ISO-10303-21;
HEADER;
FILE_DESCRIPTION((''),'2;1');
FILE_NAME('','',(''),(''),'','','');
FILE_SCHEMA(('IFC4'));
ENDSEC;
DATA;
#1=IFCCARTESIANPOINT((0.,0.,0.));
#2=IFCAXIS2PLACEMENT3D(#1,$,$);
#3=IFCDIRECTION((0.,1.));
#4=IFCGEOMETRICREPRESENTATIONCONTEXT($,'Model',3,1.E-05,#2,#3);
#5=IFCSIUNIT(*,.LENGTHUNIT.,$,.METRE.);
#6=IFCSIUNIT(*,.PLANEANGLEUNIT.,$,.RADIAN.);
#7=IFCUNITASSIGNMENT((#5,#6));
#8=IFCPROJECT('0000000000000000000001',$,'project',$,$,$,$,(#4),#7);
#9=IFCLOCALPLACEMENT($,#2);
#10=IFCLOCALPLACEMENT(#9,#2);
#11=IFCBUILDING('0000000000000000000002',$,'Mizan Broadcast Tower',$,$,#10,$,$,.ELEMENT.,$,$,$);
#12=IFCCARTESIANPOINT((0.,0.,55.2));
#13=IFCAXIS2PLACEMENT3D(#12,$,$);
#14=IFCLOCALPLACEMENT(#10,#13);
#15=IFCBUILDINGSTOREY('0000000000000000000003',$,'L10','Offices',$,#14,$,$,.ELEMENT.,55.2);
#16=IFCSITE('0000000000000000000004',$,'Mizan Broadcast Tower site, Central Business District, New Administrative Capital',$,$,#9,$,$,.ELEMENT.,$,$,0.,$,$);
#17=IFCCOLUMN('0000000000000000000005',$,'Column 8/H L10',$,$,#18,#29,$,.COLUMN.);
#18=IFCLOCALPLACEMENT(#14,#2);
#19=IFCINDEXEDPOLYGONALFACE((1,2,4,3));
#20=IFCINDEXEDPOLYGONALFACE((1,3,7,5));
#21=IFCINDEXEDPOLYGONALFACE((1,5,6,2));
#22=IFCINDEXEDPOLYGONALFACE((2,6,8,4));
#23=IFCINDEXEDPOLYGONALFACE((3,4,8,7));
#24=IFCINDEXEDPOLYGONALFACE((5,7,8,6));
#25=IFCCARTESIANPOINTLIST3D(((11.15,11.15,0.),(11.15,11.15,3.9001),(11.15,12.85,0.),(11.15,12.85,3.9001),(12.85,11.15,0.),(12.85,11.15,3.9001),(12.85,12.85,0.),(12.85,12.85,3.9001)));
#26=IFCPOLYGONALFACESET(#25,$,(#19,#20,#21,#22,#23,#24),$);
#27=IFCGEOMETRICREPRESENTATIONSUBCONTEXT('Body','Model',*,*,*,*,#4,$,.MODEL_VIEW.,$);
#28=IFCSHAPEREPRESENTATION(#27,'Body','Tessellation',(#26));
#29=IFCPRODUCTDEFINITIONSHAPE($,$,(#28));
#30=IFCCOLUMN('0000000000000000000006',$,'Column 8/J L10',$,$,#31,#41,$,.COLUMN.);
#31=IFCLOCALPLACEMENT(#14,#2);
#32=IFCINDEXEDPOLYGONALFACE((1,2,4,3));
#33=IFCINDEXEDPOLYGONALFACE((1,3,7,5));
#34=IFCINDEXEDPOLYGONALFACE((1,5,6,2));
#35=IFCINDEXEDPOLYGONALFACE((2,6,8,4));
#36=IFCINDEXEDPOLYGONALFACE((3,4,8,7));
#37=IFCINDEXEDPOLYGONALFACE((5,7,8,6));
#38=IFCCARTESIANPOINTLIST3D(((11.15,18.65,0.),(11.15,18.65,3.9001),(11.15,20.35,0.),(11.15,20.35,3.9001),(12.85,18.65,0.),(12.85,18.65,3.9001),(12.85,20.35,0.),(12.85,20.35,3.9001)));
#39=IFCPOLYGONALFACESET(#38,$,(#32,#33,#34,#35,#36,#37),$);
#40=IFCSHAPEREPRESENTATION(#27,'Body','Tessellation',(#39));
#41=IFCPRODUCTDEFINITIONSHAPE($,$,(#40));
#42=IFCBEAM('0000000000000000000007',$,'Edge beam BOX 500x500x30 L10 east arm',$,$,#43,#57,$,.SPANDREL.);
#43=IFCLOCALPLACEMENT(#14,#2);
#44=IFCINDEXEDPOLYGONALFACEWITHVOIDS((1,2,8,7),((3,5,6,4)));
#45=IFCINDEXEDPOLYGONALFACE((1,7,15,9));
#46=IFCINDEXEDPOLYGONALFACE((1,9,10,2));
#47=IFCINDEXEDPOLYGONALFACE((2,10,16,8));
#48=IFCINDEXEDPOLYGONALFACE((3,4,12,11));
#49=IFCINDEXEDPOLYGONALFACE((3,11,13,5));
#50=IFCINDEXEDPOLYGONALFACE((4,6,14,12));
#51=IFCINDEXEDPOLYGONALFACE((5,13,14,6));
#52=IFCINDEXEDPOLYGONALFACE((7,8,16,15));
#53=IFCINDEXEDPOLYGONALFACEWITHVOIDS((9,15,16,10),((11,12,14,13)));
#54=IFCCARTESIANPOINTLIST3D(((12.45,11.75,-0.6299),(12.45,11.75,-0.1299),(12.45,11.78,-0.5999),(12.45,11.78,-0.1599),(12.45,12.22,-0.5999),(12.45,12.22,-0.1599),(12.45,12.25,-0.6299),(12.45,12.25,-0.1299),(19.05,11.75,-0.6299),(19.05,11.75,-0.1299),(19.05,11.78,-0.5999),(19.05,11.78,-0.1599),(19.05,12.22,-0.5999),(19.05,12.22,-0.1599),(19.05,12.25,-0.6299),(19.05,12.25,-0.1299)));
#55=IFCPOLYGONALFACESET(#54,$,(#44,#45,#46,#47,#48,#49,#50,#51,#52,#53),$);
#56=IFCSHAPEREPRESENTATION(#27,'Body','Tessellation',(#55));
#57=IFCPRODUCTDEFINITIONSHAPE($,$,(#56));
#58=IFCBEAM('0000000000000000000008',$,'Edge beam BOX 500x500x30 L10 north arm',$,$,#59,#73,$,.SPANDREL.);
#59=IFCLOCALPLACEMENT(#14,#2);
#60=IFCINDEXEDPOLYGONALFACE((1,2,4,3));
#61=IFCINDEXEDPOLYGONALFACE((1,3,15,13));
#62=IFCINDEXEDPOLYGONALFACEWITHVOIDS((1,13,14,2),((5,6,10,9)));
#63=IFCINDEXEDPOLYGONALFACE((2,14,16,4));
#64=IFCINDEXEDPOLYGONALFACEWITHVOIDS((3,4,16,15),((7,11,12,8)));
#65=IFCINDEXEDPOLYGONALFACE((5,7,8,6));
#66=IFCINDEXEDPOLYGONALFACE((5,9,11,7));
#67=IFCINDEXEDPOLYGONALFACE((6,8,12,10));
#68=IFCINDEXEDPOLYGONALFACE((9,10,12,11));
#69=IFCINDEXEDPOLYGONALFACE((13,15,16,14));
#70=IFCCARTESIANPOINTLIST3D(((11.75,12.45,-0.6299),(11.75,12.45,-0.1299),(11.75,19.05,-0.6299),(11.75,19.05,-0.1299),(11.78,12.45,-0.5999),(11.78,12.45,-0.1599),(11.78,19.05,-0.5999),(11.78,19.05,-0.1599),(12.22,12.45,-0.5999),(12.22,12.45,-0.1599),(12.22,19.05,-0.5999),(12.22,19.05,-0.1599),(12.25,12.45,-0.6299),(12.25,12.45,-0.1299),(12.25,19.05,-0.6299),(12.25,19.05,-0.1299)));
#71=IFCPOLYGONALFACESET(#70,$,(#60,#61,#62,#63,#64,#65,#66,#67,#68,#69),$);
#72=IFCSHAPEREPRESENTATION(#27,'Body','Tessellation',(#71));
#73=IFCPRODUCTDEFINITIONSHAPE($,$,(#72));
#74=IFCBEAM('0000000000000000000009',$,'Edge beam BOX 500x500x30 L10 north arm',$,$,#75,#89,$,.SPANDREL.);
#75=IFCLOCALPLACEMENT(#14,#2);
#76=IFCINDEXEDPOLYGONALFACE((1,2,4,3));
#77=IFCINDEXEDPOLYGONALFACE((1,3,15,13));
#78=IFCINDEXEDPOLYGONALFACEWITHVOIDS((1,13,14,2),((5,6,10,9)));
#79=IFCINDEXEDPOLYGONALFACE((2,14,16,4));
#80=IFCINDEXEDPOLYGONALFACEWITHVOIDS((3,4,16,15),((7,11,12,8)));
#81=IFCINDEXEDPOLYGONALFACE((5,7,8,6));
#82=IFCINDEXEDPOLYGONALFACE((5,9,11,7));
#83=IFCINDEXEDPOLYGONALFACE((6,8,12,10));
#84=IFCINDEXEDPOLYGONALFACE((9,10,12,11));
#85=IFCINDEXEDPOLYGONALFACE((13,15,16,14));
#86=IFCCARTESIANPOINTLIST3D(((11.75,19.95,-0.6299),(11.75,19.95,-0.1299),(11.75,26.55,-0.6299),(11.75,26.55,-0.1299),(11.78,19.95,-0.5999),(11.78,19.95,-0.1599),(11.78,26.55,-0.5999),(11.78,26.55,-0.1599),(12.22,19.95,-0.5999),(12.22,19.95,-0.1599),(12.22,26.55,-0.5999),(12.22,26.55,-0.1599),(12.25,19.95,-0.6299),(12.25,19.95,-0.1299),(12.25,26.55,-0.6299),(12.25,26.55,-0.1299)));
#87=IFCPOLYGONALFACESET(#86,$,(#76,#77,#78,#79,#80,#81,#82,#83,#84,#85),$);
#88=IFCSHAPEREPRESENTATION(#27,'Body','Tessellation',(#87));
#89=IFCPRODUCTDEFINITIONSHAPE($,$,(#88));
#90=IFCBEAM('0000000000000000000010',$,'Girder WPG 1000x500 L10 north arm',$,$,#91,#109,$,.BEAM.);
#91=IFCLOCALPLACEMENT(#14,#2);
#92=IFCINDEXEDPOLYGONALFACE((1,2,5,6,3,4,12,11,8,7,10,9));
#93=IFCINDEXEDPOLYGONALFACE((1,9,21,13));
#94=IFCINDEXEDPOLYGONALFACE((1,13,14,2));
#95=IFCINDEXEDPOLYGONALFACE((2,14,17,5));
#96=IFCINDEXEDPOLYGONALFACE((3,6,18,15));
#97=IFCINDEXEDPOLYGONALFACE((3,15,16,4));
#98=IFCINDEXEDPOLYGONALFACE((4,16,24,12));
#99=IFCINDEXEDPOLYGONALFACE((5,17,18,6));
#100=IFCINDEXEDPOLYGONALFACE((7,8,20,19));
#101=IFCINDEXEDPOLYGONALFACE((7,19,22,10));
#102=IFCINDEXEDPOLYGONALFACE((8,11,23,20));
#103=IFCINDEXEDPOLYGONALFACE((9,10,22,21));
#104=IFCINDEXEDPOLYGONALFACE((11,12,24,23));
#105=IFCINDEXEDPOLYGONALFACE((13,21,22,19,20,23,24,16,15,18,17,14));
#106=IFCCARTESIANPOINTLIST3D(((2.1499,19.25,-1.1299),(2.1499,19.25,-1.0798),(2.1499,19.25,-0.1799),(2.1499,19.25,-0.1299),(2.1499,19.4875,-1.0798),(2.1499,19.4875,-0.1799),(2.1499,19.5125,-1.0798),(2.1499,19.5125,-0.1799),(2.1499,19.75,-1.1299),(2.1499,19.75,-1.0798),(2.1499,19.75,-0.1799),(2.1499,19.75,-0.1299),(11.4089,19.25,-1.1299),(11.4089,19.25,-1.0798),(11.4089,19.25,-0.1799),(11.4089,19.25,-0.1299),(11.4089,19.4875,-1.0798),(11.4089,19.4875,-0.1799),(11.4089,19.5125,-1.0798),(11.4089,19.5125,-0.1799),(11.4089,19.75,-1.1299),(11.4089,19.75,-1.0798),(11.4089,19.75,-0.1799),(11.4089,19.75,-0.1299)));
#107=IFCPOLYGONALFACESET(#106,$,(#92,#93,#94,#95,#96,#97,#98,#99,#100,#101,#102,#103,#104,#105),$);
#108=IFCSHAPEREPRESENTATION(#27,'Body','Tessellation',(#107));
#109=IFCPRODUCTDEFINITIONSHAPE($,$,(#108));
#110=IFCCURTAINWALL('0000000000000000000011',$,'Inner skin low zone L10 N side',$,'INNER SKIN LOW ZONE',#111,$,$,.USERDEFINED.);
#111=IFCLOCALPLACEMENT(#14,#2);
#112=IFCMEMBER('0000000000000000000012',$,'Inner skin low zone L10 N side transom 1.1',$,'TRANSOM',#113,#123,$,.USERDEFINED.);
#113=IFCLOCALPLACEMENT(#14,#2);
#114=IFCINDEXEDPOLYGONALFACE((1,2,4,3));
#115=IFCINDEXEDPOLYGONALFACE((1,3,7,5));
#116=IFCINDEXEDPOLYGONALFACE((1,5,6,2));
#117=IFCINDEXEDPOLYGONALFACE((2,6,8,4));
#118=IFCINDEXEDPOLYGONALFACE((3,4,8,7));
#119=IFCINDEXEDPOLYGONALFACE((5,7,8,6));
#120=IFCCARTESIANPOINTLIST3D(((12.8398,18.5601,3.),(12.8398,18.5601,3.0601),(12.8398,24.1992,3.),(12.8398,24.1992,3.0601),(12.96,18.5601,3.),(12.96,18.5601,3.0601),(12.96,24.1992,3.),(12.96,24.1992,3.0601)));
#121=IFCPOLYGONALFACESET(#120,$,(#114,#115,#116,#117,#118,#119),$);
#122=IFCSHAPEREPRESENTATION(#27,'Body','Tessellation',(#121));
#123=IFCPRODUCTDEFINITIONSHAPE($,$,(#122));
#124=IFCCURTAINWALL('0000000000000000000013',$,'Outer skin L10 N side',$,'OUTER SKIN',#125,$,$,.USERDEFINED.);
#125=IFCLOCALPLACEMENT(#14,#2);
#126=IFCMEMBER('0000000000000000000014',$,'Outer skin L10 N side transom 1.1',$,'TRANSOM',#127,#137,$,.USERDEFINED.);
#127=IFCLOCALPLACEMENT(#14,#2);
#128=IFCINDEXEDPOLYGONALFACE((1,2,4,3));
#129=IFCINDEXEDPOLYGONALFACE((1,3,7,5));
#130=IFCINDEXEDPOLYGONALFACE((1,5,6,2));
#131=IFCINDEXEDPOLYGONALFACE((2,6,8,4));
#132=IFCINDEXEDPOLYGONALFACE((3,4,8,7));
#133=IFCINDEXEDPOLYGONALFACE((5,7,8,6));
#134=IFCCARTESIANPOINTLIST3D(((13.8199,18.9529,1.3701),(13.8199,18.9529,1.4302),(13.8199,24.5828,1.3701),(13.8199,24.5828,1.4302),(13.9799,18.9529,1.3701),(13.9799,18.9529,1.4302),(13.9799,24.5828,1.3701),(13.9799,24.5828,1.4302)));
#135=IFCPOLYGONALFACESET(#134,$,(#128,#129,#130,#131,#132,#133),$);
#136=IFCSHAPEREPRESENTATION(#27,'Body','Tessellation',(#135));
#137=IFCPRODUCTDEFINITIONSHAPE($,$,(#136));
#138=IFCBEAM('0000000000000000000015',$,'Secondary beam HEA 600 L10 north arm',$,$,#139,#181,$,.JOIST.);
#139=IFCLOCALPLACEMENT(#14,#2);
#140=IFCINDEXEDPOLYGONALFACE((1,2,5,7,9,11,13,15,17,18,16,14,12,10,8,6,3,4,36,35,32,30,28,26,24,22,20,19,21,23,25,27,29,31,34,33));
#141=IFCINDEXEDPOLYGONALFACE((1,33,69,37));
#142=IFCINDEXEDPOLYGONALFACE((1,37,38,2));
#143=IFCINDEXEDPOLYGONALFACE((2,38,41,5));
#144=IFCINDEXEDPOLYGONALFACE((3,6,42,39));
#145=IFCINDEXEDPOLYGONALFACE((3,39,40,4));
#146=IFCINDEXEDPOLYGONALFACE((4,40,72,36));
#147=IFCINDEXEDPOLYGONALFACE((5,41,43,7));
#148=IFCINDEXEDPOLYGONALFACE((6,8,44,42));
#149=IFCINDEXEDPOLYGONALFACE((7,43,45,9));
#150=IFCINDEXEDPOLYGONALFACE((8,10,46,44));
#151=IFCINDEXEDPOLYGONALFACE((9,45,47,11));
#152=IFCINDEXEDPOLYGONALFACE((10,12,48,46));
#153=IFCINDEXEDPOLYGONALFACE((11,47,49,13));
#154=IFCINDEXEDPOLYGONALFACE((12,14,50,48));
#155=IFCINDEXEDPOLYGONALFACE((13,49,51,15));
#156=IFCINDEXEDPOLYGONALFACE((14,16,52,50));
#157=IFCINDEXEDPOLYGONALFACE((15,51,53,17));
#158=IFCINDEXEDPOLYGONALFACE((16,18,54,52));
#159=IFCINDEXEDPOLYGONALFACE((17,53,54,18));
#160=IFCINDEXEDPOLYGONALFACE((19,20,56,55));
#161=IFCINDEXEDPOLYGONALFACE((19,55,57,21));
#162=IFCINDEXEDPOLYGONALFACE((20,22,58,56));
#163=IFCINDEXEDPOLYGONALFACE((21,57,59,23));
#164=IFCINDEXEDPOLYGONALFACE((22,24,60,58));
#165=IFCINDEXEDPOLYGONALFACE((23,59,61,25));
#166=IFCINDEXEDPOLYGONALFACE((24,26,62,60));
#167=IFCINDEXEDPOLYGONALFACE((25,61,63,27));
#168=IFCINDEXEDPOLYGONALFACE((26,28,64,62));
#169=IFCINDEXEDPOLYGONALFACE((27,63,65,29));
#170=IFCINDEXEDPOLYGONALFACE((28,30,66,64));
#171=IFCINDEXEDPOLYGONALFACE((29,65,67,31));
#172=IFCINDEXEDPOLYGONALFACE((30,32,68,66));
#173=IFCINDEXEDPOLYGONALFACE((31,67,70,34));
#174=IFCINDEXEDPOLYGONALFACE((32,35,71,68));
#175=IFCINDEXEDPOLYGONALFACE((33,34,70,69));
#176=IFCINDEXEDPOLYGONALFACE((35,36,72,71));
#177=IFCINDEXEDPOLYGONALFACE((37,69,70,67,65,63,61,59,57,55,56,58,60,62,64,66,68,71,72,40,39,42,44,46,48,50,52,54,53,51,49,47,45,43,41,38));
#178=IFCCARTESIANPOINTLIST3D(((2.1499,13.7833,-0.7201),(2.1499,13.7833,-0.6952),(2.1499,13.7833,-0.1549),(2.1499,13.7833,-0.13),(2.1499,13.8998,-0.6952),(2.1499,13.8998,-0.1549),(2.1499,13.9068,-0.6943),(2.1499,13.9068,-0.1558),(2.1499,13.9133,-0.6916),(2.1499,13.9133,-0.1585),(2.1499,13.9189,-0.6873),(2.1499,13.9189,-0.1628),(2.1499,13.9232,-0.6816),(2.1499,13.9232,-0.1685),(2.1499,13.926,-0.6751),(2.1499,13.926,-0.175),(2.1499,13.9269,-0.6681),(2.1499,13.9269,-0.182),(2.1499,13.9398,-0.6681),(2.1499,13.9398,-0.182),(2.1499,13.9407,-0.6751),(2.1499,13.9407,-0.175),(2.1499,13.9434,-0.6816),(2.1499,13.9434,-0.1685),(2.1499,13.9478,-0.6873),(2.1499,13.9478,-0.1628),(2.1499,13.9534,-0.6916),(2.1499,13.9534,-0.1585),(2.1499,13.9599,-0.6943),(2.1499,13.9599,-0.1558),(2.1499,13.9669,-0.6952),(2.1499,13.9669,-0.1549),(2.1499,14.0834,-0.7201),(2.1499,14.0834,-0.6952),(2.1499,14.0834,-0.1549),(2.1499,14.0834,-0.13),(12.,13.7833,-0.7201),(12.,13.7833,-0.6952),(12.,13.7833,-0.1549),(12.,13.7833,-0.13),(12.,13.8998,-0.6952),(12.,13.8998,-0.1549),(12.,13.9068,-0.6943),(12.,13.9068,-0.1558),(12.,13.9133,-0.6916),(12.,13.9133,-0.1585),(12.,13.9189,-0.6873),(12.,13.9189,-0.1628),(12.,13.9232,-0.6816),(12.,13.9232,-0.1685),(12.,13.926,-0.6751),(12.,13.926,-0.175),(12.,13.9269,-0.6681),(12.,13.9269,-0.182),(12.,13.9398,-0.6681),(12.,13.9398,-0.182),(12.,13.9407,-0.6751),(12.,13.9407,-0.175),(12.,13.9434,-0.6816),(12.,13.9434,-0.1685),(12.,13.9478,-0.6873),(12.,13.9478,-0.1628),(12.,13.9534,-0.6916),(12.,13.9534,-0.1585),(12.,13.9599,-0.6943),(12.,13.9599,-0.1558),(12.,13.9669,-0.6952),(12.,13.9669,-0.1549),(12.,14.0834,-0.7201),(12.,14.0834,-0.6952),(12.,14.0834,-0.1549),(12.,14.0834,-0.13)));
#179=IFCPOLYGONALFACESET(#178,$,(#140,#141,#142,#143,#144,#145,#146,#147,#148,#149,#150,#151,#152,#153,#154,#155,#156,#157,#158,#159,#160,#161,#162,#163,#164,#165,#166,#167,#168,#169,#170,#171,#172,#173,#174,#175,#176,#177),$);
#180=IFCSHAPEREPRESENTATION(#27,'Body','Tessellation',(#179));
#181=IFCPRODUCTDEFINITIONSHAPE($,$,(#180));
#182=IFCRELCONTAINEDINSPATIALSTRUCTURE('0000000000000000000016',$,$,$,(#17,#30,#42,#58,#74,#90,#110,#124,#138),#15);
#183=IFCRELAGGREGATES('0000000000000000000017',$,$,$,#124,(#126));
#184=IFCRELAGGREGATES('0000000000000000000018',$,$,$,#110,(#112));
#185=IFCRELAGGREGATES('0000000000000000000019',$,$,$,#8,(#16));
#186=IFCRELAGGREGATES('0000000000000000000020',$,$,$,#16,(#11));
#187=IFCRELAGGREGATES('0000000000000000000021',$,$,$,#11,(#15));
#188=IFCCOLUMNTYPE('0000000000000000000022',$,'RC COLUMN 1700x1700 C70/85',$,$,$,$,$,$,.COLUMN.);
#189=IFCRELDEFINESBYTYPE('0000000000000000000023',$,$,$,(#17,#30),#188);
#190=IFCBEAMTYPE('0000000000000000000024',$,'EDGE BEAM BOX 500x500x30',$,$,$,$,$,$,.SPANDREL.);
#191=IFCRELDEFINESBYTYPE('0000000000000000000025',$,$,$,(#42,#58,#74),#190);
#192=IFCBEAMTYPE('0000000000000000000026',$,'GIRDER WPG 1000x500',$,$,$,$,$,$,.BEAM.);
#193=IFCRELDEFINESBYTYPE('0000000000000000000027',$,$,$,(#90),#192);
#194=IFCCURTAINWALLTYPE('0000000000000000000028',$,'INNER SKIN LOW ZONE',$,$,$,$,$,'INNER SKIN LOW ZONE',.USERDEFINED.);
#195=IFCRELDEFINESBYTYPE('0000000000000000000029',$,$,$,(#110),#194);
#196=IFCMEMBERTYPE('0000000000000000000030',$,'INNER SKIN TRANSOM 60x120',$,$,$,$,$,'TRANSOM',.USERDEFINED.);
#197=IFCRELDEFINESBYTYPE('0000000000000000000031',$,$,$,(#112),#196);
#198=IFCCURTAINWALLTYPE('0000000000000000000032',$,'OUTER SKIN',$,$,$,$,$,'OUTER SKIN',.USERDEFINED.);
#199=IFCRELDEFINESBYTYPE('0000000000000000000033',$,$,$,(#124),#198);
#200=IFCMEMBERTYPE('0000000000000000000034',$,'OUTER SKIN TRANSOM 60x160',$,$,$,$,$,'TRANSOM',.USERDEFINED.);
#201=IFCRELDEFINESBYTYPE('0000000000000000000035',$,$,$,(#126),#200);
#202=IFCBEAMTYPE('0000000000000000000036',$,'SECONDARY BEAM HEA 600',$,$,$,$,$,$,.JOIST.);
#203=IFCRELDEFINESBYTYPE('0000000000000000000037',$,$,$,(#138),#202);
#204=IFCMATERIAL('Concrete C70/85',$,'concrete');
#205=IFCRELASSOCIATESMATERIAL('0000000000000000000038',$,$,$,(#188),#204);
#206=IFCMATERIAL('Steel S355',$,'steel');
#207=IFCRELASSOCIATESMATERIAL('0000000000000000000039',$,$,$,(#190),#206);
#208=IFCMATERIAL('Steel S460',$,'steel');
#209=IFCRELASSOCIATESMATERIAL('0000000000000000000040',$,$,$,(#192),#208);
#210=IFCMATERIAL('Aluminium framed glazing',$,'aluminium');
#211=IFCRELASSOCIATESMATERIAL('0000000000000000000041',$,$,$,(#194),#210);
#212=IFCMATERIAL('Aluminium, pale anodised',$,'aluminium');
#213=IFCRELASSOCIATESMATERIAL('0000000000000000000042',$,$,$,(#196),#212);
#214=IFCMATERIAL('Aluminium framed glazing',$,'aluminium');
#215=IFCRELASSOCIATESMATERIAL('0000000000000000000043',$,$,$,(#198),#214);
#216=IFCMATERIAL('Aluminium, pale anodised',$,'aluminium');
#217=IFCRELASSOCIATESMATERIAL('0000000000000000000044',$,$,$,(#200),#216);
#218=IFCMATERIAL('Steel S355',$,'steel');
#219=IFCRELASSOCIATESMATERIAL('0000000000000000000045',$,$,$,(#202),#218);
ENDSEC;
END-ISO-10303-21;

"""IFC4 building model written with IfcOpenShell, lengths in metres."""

from ifc_helpers import new_model, si_unit, direction, frame, origin, origin_2d, place, context, subcontext, project, spatial, rectangle, hollow_rectangle, i_section, extrude, material, material_profile, profile_set, type_object, element, aggregate, save


model = new_model("IFC4")

# Units and contexts
model_context = context("Model", 3, precision=1e-05, world=origin(), true_north=direction((0.0, 1.0)))
body_context = subcontext(model_context, "Body", "Model", "MODEL_VIEW")
ifc_project = project(units=[si_unit("LENGTHUNIT", "METRE"), si_unit("PLANEANGLEUNIT", "RADIAN")], contexts=[model_context])

# Site, building, storey
site_placement = place(None, origin())
site = spatial("IfcSite", under=ifc_project, at=site_placement, Name="Mizan Broadcast Tower site, Central Business District, New Administrative Capital", CompositionType="ELEMENT", RefElevation=0.0)
building_placement = place(site_placement, origin())
building = spatial("IfcBuilding", under=site, at=building_placement, Name="Mizan Broadcast Tower", CompositionType="ELEMENT")
storey_placement = place(building_placement, frame((0.0, 0.0, 55.2)))
storey = spatial("IfcBuildingStorey", under=building, at=storey_placement, Name="L10", Description="Offices", CompositionType="ELEMENT", Elevation=55.2)

# Columns
ifc_material_1 = material(Name="Concrete C70/85", Category="concrete")
ifc_material_profile_1 = material_profile(ifc_material_1, rectangle(XDim=1.7, YDim=1.7, at=origin_2d()), Name="RC 1700x1700")
ifc_profile_set_1 = profile_set([ifc_material_profile_1], Name="Concrete C70/85")
column_type = type_object("IfcColumnType", Name="RC COLUMN 1700x1700 C70/85", PredefinedType="COLUMN", material=ifc_profile_set_1)
for number, where, z_axis, x_axis, name in (
    (1, (12.0, 12.0, 0.0), (0.0, 0.0, 1.0), (1.0, 0.0, 0.0), "Column 8/H L10"),
    (2, (12.0, 19.5, 0.0), (0.0, 0.0, 1.0), (1.0, 0.0, 0.0), "Column 8/J L10"),
):
    element("IfcColumn", number, at=place(storey_placement, frame(where, z_axis=z_axis, x_axis=x_axis)), inside=storey, type_object=column_type, Name=name, PredefinedType="COLUMN", context=body_context, shape_type="SweptSolid", body=[
        extrude(rectangle(XDim=1.7, YDim=1.7, at=origin_2d()), origin(), (0.0, 0.0, 1.0), 3.9001),
    ])

# Beams
ifc_material_2 = material(Name="Steel S355", Category="steel")
ifc_material_profile_2 = material_profile(ifc_material_2, hollow_rectangle(XDim=0.5, YDim=0.5, WallThickness=0.03, at=origin_2d()), Name="BOX 500x500x30")
ifc_profile_set_2 = profile_set([ifc_material_profile_2], Name="Steel S355")
beam_type_1 = type_object("IfcBeamType", Name="EDGE BEAM BOX 500x500x30", PredefinedType="SPANDREL", material=ifc_profile_set_2)
for number, where, z_axis, x_axis, name in (
    (3, (12.45, 12.0, -0.3799), (1.0, 0.0, 0.0), (0.0, 1.0, 0.0), "Edge beam BOX 500x500x30 L10 east arm"),
    (4, (12.0, 12.45, -0.3799), (0.0, 1.0, 0.0), (-1.0, 0.0, 0.0), "Edge beam BOX 500x500x30 L10 north arm"),
    (5, (12.0, 19.95, -0.3799), (0.0, 1.0, 0.0), (-1.0, 0.0, 0.0), "Edge beam BOX 500x500x30 L10 north arm"),
):
    element("IfcBeam", number, at=place(storey_placement, frame(where, z_axis=z_axis, x_axis=x_axis)), inside=storey, type_object=beam_type_1, Name=name, PredefinedType="SPANDREL", context=body_context, shape_type="SweptSolid", body=[
        extrude(hollow_rectangle(XDim=0.5, YDim=0.5, WallThickness=0.03, at=origin_2d()), origin(), (0.0, 0.0, 1.0), 6.6001),
    ])
ifc_material_3 = material(Name="Steel S460", Category="steel")
ifc_material_profile_3 = material_profile(ifc_material_3, i_section(OverallWidth=0.5, OverallDepth=1.0, WebThickness=0.0249, FlangeThickness=0.05, at=origin_2d()), Name="WPG 1000x500")
ifc_profile_set_3 = profile_set([ifc_material_profile_3], Name="Steel S460")
beam_type_2 = type_object("IfcBeamType", Name="GIRDER WPG 1000x500", PredefinedType="BEAM", material=ifc_profile_set_3)
beam_1_placement = place(storey_placement, frame((11.4089, 19.5, -0.6299), z_axis=(-1.0, 0.0, 0.0), x_axis=(0.0, -1.0, 0.0)))
element("IfcBeam", 6, at=beam_1_placement, inside=storey, type_object=beam_type_2, Name="Girder WPG 1000x500 L10 north arm", PredefinedType="BEAM", context=body_context, shape_type="SweptSolid", body=[
    extrude(i_section(OverallWidth=0.5, OverallDepth=1.0, WebThickness=0.0249, FlangeThickness=0.05, at=origin_2d()), origin(), (0.0, 0.0, 1.0), 9.259),
])

# Curtain walls, members
ifc_material_4 = material(Name="Aluminium framed glazing", Category="aluminium")
curtain_wall_type_1 = type_object("IfcCurtainWallType", Name="INNER SKIN LOW ZONE", ElementType="INNER SKIN LOW ZONE", PredefinedType="USERDEFINED", material=ifc_material_4)
curtain_wall_1_placement = place(storey_placement, origin())
curtain_wall_1 = element("IfcCurtainWall", 7, at=curtain_wall_1_placement, inside=storey, type_object=curtain_wall_type_1, Name="Inner skin low zone L10 N side", ObjectType="INNER SKIN LOW ZONE", PredefinedType="USERDEFINED")
ifc_material_5 = material(Name="Aluminium, pale anodised", Category="aluminium")
ifc_material_profile_4 = material_profile(ifc_material_5, rectangle(XDim=0.1201, YDim=0.0601, at=origin_2d()), Name="TRANSOM 120x60")
ifc_profile_set_4 = profile_set([ifc_material_profile_4], Name="Aluminium, pale anodised")
member_type_1 = type_object("IfcMemberType", Name="INNER SKIN TRANSOM 60x120", ElementType="TRANSOM", PredefinedType="USERDEFINED", material=ifc_profile_set_4)
member_1_placement = place(storey_placement, frame((12.8999, 18.5601, 3.03), z_axis=(0.0, 1.0, 0.0), x_axis=(-1.0, 0.0, 0.0)))
member_1 = element("IfcMember", 8, at=member_1_placement, type_object=member_type_1, Name="Inner skin low zone L10 N side transom 1.1", ObjectType="TRANSOM", PredefinedType="USERDEFINED", context=body_context, shape_type="SweptSolid", body=[
    extrude(rectangle(XDim=0.1201, YDim=0.0601, at=origin_2d()), origin(), (0.0, 0.0, 1.0), 5.6392),
])
ifc_material_6 = material(Name="Aluminium framed glazing", Category="aluminium")
curtain_wall_type_2 = type_object("IfcCurtainWallType", Name="OUTER SKIN", ElementType="OUTER SKIN", PredefinedType="USERDEFINED", material=ifc_material_6)
curtain_wall_2_placement = place(storey_placement, origin())
curtain_wall_2 = element("IfcCurtainWall", 9, at=curtain_wall_2_placement, inside=storey, type_object=curtain_wall_type_2, Name="Outer skin L10 N side", ObjectType="OUTER SKIN", PredefinedType="USERDEFINED")
ifc_material_7 = material(Name="Aluminium, pale anodised", Category="aluminium")
ifc_material_profile_5 = material_profile(ifc_material_7, rectangle(XDim=0.1599, YDim=0.0601, at=origin_2d()), Name="TRANSOM 160x60")
ifc_profile_set_5 = profile_set([ifc_material_profile_5], Name="Aluminium, pale anodised")
member_type_2 = type_object("IfcMemberType", Name="OUTER SKIN TRANSOM 60x160", ElementType="TRANSOM", PredefinedType="USERDEFINED", material=ifc_profile_set_5)
member_2_placement = place(storey_placement, frame((13.8999, 18.9529, 1.4001), z_axis=(0.0, 1.0, 0.0), x_axis=(-1.0, 0.0, 0.0)))
member_2 = element("IfcMember", 10, at=member_2_placement, type_object=member_type_2, Name="Outer skin L10 N side transom 1.1", ObjectType="TRANSOM", PredefinedType="USERDEFINED", context=body_context, shape_type="SweptSolid", body=[
    extrude(rectangle(XDim=0.1599, YDim=0.0601, at=origin_2d()), origin(), (0.0, 0.0, 1.0), 5.6299),
])
aggregate(curtain_wall_2, [member_2])

# Beam
ifc_material_8 = material(Name="Steel S355", Category="steel")
ifc_material_profile_6 = material_profile(ifc_material_8, i_section(OverallWidth=0.3, OverallDepth=0.5901, WebThickness=0.0129, FlangeThickness=0.0249, FilletRadius=0.0271, at=origin_2d()), Name="HEA 600")
ifc_profile_set_6 = profile_set([ifc_material_profile_6], Name="Steel S355")
beam_type_3 = type_object("IfcBeamType", Name="SECONDARY BEAM HEA 600", PredefinedType="JOIST", material=ifc_profile_set_6)
for number, where, z_axis, x_axis, name in (
    (11, (12.0, 13.9333, -0.425), (-1.0, 0.0, 0.0), (0.0, -1.0, 0.0), "Secondary beam HEA 600 L10 north arm"),
):
    element("IfcBeam", number, at=place(storey_placement, frame(where, z_axis=z_axis, x_axis=x_axis)), inside=storey, type_object=beam_type_3, Name=name, PredefinedType="JOIST", context=body_context, shape_type="SweptSolid", body=[
        extrude(i_section(OverallWidth=0.3, OverallDepth=0.5901, WebThickness=0.0129, FlangeThickness=0.0249, FilletRadius=0.0271, at=origin_2d()), origin(), (0.0, 0.0, 1.0), 9.8501),
    ])

aggregate(curtain_wall_1, [member_1])

save(model, "model.ifc")
